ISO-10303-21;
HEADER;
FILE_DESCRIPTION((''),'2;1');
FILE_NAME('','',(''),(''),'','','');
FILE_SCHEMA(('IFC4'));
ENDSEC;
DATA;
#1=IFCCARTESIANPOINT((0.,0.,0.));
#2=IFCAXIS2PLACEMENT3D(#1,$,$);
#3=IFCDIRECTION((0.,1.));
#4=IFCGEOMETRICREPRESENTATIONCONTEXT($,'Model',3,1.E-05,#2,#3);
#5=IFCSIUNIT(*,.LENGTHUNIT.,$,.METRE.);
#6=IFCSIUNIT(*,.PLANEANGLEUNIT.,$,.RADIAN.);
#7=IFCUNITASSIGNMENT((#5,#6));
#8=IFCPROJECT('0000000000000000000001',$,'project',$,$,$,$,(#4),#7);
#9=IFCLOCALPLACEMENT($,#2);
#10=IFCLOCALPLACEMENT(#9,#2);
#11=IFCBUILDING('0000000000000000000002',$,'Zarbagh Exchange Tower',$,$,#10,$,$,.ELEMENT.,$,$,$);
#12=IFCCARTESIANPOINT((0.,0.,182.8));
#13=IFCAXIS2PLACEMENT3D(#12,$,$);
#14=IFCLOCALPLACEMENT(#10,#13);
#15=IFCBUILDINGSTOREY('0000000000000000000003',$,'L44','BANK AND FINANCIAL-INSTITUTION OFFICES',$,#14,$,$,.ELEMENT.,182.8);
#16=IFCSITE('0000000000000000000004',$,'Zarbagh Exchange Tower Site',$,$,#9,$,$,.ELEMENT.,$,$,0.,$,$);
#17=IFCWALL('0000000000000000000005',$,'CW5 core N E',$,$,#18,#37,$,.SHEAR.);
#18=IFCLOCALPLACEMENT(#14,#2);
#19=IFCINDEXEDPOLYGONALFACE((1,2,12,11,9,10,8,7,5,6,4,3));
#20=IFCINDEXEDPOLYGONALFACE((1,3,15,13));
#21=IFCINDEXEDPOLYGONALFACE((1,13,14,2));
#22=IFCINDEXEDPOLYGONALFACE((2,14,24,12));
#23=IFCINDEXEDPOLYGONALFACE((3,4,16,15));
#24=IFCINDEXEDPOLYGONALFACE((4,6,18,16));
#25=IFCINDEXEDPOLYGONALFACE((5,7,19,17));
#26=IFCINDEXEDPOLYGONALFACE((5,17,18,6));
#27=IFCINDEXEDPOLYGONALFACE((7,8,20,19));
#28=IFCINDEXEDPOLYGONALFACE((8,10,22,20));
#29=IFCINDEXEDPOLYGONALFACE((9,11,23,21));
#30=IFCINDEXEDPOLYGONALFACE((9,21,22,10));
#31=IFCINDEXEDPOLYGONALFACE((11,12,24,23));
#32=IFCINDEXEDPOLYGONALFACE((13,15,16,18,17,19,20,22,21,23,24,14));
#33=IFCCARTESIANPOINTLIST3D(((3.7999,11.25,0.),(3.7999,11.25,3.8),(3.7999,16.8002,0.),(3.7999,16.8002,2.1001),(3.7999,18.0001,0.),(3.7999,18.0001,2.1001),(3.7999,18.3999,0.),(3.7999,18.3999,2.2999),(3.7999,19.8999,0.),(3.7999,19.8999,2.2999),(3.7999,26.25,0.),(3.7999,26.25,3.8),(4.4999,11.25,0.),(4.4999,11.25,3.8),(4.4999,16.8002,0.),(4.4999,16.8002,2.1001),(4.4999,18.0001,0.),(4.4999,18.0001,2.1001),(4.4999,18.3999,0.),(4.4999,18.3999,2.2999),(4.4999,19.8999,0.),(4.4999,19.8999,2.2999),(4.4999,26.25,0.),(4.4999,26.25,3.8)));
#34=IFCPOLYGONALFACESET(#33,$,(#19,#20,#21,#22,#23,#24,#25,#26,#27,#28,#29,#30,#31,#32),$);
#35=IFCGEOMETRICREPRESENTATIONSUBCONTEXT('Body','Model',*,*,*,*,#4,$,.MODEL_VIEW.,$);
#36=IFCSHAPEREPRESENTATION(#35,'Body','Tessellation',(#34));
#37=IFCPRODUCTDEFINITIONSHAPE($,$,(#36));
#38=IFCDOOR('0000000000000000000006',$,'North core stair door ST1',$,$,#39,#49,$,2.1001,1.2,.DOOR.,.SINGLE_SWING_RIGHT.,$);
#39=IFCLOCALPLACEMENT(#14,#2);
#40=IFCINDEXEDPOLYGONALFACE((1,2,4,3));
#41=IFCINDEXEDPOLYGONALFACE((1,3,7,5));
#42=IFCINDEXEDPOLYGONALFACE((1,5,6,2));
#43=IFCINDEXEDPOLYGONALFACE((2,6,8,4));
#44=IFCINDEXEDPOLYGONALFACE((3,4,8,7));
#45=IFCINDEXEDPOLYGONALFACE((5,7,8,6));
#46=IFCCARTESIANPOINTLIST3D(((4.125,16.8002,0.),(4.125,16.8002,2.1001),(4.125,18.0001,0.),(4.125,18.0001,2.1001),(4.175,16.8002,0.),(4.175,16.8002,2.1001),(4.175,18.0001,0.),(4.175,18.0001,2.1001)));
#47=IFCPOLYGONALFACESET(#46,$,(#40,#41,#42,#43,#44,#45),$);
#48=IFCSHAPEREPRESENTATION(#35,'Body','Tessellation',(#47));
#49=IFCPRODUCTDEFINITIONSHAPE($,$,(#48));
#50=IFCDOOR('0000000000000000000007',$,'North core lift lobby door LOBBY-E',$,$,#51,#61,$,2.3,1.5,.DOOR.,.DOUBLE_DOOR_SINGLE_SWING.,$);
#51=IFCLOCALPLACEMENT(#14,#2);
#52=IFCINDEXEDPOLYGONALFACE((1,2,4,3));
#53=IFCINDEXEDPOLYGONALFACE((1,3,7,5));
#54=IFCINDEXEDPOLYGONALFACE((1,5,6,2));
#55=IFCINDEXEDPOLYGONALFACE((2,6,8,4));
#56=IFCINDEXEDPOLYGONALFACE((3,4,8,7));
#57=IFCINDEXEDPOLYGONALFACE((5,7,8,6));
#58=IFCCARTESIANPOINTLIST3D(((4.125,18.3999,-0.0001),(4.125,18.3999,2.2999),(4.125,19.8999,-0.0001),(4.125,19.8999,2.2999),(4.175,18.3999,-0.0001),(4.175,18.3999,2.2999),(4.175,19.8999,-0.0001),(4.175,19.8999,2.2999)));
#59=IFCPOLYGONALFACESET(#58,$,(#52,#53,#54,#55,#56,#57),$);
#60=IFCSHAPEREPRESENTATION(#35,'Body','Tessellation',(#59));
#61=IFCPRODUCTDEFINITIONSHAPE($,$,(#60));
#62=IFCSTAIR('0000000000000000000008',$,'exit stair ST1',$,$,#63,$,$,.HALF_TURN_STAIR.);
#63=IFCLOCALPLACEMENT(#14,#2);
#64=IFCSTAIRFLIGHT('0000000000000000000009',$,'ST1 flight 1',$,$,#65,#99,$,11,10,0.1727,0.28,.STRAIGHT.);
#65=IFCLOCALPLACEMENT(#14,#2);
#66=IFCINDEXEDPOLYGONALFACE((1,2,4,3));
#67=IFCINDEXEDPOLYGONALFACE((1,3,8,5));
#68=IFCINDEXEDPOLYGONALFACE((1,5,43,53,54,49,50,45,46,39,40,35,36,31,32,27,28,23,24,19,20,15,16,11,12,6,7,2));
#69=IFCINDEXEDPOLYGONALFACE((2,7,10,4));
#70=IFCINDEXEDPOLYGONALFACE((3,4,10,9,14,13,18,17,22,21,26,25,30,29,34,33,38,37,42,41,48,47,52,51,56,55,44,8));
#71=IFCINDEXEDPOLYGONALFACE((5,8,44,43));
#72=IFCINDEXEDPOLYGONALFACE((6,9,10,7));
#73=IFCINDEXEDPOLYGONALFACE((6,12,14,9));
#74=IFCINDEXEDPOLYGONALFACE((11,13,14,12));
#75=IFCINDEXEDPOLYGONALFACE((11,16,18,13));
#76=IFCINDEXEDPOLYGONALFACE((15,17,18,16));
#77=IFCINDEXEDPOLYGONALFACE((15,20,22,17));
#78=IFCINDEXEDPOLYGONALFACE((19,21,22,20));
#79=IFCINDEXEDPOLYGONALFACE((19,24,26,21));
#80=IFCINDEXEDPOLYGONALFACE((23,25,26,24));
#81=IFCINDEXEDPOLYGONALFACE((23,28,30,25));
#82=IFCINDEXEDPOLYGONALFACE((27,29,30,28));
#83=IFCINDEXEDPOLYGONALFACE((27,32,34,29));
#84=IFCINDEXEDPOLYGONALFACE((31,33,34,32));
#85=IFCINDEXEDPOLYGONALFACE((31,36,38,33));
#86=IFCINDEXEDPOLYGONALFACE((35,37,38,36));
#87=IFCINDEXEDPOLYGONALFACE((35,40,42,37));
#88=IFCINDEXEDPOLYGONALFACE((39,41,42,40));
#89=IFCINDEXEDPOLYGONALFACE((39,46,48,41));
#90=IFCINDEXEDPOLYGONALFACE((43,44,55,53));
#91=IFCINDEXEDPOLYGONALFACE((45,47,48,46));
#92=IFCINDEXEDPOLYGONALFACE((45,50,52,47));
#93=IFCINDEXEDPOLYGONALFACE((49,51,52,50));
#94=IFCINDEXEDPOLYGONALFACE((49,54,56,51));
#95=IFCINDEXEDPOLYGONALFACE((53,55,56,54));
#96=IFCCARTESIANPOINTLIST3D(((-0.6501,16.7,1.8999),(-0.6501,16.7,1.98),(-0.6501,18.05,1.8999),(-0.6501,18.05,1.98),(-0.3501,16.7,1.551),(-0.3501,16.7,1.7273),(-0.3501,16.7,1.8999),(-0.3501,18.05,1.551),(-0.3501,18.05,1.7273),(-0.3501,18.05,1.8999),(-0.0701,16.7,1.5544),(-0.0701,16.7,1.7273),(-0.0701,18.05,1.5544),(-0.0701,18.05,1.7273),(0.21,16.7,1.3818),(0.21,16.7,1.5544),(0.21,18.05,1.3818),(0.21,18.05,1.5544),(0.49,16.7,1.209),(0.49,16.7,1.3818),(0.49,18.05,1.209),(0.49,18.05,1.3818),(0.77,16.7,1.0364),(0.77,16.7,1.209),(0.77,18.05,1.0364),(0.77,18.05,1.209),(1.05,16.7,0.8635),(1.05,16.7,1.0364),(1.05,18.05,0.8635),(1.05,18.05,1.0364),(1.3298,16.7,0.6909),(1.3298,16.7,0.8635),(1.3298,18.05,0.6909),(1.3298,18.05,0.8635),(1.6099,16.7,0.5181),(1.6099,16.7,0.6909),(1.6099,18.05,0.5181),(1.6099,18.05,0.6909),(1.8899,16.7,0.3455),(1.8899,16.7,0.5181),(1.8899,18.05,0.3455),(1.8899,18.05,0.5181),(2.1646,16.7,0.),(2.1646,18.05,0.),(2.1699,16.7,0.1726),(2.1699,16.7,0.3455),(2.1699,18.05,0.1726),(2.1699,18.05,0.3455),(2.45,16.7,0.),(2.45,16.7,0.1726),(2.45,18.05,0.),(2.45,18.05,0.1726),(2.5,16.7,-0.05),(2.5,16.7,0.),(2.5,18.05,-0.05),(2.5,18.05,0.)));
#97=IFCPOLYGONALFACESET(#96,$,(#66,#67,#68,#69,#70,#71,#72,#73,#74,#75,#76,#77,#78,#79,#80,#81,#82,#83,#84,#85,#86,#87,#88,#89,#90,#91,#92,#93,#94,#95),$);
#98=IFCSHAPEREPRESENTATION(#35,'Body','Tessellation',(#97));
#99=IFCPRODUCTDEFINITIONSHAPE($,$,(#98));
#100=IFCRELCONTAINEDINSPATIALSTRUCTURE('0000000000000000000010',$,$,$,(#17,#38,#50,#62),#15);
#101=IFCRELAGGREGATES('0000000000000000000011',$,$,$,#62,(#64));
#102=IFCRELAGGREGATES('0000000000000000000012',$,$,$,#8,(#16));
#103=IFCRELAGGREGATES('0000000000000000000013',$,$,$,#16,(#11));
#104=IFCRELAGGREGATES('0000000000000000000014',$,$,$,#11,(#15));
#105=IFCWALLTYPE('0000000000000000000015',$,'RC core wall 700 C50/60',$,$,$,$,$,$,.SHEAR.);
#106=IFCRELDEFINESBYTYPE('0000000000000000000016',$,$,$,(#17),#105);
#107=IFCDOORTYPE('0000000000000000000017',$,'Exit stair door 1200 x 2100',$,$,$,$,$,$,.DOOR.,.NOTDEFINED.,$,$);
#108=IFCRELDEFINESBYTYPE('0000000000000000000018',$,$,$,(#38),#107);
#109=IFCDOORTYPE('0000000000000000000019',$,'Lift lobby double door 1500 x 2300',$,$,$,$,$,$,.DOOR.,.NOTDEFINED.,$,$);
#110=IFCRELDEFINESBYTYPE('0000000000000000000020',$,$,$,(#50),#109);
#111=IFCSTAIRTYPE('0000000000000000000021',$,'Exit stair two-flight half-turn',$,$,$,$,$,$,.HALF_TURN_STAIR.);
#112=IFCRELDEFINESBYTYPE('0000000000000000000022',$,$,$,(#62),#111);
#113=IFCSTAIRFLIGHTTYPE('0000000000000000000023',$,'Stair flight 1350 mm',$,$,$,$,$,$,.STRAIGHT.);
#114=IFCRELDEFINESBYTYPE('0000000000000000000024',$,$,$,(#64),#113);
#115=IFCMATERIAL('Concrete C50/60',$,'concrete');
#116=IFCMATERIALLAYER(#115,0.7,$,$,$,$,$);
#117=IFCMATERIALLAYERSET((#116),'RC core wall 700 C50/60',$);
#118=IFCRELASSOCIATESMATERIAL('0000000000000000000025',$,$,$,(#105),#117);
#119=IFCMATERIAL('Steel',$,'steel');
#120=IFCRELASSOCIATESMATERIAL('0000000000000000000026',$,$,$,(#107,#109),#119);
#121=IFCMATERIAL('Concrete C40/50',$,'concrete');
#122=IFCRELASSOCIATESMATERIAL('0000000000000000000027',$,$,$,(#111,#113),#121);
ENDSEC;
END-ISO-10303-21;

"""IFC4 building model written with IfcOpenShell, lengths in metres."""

from ifc_helpers import new_model, si_unit, direction, frame, frame_2d, origin, place, context, subcontext, project, spatial, polyline, rectangle, outline, extrude, material, layer, layer_set, type_object, element, fill, aggregate, save


model = new_model("IFC4")

# Units and contexts
model_context = context("Model", 3, precision=1e-05, world=origin(), true_north=direction((0.0, 1.0)))
body_context = subcontext(model_context, "Body", "Model", "MODEL_VIEW")
ifc_project = project(units=[si_unit("LENGTHUNIT", "METRE"), si_unit("PLANEANGLEUNIT", "RADIAN")], contexts=[model_context])

# Site, building, storey
site_placement = place(None, origin())
site = spatial("IfcSite", under=ifc_project, at=site_placement, Name="Zarbagh Exchange Tower Site", CompositionType="ELEMENT", RefElevation=0.0)
building_placement = place(site_placement, origin())
building = spatial("IfcBuilding", under=site, at=building_placement, Name="Zarbagh Exchange Tower", CompositionType="ELEMENT")
storey_placement = place(building_placement, frame((0.0, 0.0, 182.8)))
storey = spatial("IfcBuildingStorey", under=building, at=storey_placement, Name="L44", Description="BANK AND FINANCIAL-INSTITUTION OFFICES", CompositionType="ELEMENT", Elevation=182.8)

# Shared definitions
ifc_material_1 = material(Name="Concrete C50/60", Category="concrete")

# Wall, openings, doors
ifc_layer_1 = layer(ifc_material_1, 0.7)
ifc_layer_set_1 = layer_set([ifc_layer_1], Name="RC core wall 700 C50/60")
wall_type_1 = type_object("IfcWallType", Name="RC core wall 700 C50/60", PredefinedType="SHEAR", material=ifc_layer_set_1)
wall_1_placement = place(storey_placement, frame((4.1499, 11.25, 0.0), z_axis=(0.0, 0.0, 1.0), x_axis=(0.0, 1.0, 0.0)))
wall_1 = element("IfcWall", 1, at=wall_1_placement, inside=storey, type_object=wall_type_1, Name="CW5 core N E", PredefinedType="SHEAR", context=body_context, shape_type="SweptSolid", body=[
    extrude(rectangle(XDim=15.0, YDim=0.7, at=frame_2d((7.5, 0.0))), origin(), (0.0, 0.0, 1.0), 3.8),
])
opening_1_placement = place(wall_1_placement, frame((7.1499, 0.0, 0.0)))
opening_1 = element("IfcOpeningElement", 2, at=opening_1_placement, cuts=wall_1, PredefinedType="OPENING", context=body_context, shape_type="SweptSolid", body=[
    extrude(rectangle(XDim=1.5, YDim=2.3, at=frame_2d((0.75, 1.1499))), frame((0.0, 0.3599, 0.0), z_axis=(0.0, -1.0, 0.0), x_axis=(1.0, 0.0, 0.0)), (0.0, 0.0, 1.0), 0.72),
])
opening_2_placement = place(wall_1_placement, frame((5.55, 0.0, 0.0)))
opening_2 = element("IfcOpeningElement", 3, at=opening_2_placement, cuts=wall_1, PredefinedType="OPENING", context=body_context, shape_type="SweptSolid", body=[
    extrude(rectangle(XDim=1.2, YDim=2.1001, at=frame_2d((0.6001, 1.05))), frame((0.0, 0.3599, 0.0), z_axis=(0.0, -1.0, 0.0), x_axis=(1.0, 0.0, 0.0)), (0.0, 0.0, 1.0), 0.72),
])
ifc_material_2 = material(Name="Steel", Category="steel")
door_type_1 = type_object("IfcDoorType", Name="Exit stair door 1200 x 2100", OperationType="NOTDEFINED", PredefinedType="DOOR", material=ifc_material_2)
door_1_placement = place(opening_2_placement, origin())
door_1 = element("IfcDoor", 4, at=door_1_placement, inside=storey, type_object=door_type_1, Name="North core stair door ST1", OperationType="SINGLE_SWING_RIGHT", OverallHeight=2.1001, OverallWidth=1.2, PredefinedType="DOOR", context=body_context, shape_type="SweptSolid", body=[
    extrude(rectangle(XDim=1.2, YDim=2.1001, at=frame_2d((0.6001, 1.05))), frame((0.0, 0.0249, 0.0), z_axis=(0.0, -1.0, 0.0), x_axis=(1.0, 0.0, 0.0)), (0.0, 0.0, 1.0), 0.05),
])
fill(opening_2, door_1)
door_type_2 = type_object("IfcDoorType", Name="Lift lobby double door 1500 x 2300", OperationType="NOTDEFINED", PredefinedType="DOOR", material=ifc_material_2)
door_2_placement = place(opening_1_placement, origin())
door_2 = element("IfcDoor", 5, at=door_2_placement, inside=storey, type_object=door_type_2, Name="North core lift lobby door LOBBY-E", OperationType="DOUBLE_DOOR_SINGLE_SWING", OverallHeight=2.3, OverallWidth=1.5, PredefinedType="DOOR", context=body_context, shape_type="SweptSolid", body=[
    extrude(rectangle(XDim=1.5, YDim=2.3, at=frame_2d((0.75, 1.1499))), frame((0.0, 0.0249, 0.0), z_axis=(0.0, -1.0, 0.0), x_axis=(1.0, 0.0, 0.0)), (0.0, 0.0, 1.0), 0.05),
])
fill(opening_1, door_2)

# Stair, stair flight
ifc_material_3 = material(Name="Concrete C40/50", Category="concrete")
stair_type = type_object("IfcStairType", Name="Exit stair two-flight half-turn", PredefinedType="HALF_TURN_STAIR", material=ifc_material_3)
stair_placement = place(storey_placement, origin())
stair = element("IfcStair", 6, at=stair_placement, inside=storey, type_object=stair_type, Name="exit stair ST1", PredefinedType="HALF_TURN_STAIR")
stair_flight_type = type_object("IfcStairFlightType", Name="Stair flight 1350 mm", PredefinedType="STRAIGHT", material=ifc_material_3)
stair_flight_placement = place(storey_placement, frame((2.45, 17.375, 0.0), z_axis=(0.0, 0.0, 1.0), x_axis=(-1.0, 0.0, 0.0)))
stair_flight = element("IfcStairFlight", 7, at=stair_flight_placement, type_object=stair_flight_type, Name="ST1 flight 1", NumberOfRisers=11, NumberOfTreads=10, PredefinedType="STRAIGHT", RiserHeight=0.1727, TreadLength=0.28, context=body_context, shape_type="SweptSolid", body=[
    extrude(outline(polyline([(-0.05, -0.05), (-0.05, 0.0), (0.0, 0.0), (0.0, 0.1726), (0.28, 0.1726), (0.28, 0.3455), (0.5601, 0.3455), (0.5601, 0.5181), (0.8401, 0.5181), (0.8401, 0.6909), (1.1201, 0.6909), (1.1201, 0.8635), (1.3999, 0.8635), (1.3999, 1.0364), (1.6799, 1.0364), (1.6799, 1.209), (1.96, 1.209), (1.96, 1.3818), (2.24, 1.3818), (2.24, 1.5544), (2.52, 1.5544), (2.52, 1.7273), (2.8, 1.7273), (2.8, 1.8999), (3.1001, 1.98), (3.1001, 1.8999), (2.8, 1.551), (0.2854, 0.0), (-0.05, -0.05)])), frame((0.0, 0.675, 0.0), z_axis=(0.0, -1.0, 0.0), x_axis=(1.0, 0.0, 0.0)), (0.0, 0.0, 1.0), 1.3501),
])
aggregate(stair, [stair_flight])

save(model, "model.ifc")
